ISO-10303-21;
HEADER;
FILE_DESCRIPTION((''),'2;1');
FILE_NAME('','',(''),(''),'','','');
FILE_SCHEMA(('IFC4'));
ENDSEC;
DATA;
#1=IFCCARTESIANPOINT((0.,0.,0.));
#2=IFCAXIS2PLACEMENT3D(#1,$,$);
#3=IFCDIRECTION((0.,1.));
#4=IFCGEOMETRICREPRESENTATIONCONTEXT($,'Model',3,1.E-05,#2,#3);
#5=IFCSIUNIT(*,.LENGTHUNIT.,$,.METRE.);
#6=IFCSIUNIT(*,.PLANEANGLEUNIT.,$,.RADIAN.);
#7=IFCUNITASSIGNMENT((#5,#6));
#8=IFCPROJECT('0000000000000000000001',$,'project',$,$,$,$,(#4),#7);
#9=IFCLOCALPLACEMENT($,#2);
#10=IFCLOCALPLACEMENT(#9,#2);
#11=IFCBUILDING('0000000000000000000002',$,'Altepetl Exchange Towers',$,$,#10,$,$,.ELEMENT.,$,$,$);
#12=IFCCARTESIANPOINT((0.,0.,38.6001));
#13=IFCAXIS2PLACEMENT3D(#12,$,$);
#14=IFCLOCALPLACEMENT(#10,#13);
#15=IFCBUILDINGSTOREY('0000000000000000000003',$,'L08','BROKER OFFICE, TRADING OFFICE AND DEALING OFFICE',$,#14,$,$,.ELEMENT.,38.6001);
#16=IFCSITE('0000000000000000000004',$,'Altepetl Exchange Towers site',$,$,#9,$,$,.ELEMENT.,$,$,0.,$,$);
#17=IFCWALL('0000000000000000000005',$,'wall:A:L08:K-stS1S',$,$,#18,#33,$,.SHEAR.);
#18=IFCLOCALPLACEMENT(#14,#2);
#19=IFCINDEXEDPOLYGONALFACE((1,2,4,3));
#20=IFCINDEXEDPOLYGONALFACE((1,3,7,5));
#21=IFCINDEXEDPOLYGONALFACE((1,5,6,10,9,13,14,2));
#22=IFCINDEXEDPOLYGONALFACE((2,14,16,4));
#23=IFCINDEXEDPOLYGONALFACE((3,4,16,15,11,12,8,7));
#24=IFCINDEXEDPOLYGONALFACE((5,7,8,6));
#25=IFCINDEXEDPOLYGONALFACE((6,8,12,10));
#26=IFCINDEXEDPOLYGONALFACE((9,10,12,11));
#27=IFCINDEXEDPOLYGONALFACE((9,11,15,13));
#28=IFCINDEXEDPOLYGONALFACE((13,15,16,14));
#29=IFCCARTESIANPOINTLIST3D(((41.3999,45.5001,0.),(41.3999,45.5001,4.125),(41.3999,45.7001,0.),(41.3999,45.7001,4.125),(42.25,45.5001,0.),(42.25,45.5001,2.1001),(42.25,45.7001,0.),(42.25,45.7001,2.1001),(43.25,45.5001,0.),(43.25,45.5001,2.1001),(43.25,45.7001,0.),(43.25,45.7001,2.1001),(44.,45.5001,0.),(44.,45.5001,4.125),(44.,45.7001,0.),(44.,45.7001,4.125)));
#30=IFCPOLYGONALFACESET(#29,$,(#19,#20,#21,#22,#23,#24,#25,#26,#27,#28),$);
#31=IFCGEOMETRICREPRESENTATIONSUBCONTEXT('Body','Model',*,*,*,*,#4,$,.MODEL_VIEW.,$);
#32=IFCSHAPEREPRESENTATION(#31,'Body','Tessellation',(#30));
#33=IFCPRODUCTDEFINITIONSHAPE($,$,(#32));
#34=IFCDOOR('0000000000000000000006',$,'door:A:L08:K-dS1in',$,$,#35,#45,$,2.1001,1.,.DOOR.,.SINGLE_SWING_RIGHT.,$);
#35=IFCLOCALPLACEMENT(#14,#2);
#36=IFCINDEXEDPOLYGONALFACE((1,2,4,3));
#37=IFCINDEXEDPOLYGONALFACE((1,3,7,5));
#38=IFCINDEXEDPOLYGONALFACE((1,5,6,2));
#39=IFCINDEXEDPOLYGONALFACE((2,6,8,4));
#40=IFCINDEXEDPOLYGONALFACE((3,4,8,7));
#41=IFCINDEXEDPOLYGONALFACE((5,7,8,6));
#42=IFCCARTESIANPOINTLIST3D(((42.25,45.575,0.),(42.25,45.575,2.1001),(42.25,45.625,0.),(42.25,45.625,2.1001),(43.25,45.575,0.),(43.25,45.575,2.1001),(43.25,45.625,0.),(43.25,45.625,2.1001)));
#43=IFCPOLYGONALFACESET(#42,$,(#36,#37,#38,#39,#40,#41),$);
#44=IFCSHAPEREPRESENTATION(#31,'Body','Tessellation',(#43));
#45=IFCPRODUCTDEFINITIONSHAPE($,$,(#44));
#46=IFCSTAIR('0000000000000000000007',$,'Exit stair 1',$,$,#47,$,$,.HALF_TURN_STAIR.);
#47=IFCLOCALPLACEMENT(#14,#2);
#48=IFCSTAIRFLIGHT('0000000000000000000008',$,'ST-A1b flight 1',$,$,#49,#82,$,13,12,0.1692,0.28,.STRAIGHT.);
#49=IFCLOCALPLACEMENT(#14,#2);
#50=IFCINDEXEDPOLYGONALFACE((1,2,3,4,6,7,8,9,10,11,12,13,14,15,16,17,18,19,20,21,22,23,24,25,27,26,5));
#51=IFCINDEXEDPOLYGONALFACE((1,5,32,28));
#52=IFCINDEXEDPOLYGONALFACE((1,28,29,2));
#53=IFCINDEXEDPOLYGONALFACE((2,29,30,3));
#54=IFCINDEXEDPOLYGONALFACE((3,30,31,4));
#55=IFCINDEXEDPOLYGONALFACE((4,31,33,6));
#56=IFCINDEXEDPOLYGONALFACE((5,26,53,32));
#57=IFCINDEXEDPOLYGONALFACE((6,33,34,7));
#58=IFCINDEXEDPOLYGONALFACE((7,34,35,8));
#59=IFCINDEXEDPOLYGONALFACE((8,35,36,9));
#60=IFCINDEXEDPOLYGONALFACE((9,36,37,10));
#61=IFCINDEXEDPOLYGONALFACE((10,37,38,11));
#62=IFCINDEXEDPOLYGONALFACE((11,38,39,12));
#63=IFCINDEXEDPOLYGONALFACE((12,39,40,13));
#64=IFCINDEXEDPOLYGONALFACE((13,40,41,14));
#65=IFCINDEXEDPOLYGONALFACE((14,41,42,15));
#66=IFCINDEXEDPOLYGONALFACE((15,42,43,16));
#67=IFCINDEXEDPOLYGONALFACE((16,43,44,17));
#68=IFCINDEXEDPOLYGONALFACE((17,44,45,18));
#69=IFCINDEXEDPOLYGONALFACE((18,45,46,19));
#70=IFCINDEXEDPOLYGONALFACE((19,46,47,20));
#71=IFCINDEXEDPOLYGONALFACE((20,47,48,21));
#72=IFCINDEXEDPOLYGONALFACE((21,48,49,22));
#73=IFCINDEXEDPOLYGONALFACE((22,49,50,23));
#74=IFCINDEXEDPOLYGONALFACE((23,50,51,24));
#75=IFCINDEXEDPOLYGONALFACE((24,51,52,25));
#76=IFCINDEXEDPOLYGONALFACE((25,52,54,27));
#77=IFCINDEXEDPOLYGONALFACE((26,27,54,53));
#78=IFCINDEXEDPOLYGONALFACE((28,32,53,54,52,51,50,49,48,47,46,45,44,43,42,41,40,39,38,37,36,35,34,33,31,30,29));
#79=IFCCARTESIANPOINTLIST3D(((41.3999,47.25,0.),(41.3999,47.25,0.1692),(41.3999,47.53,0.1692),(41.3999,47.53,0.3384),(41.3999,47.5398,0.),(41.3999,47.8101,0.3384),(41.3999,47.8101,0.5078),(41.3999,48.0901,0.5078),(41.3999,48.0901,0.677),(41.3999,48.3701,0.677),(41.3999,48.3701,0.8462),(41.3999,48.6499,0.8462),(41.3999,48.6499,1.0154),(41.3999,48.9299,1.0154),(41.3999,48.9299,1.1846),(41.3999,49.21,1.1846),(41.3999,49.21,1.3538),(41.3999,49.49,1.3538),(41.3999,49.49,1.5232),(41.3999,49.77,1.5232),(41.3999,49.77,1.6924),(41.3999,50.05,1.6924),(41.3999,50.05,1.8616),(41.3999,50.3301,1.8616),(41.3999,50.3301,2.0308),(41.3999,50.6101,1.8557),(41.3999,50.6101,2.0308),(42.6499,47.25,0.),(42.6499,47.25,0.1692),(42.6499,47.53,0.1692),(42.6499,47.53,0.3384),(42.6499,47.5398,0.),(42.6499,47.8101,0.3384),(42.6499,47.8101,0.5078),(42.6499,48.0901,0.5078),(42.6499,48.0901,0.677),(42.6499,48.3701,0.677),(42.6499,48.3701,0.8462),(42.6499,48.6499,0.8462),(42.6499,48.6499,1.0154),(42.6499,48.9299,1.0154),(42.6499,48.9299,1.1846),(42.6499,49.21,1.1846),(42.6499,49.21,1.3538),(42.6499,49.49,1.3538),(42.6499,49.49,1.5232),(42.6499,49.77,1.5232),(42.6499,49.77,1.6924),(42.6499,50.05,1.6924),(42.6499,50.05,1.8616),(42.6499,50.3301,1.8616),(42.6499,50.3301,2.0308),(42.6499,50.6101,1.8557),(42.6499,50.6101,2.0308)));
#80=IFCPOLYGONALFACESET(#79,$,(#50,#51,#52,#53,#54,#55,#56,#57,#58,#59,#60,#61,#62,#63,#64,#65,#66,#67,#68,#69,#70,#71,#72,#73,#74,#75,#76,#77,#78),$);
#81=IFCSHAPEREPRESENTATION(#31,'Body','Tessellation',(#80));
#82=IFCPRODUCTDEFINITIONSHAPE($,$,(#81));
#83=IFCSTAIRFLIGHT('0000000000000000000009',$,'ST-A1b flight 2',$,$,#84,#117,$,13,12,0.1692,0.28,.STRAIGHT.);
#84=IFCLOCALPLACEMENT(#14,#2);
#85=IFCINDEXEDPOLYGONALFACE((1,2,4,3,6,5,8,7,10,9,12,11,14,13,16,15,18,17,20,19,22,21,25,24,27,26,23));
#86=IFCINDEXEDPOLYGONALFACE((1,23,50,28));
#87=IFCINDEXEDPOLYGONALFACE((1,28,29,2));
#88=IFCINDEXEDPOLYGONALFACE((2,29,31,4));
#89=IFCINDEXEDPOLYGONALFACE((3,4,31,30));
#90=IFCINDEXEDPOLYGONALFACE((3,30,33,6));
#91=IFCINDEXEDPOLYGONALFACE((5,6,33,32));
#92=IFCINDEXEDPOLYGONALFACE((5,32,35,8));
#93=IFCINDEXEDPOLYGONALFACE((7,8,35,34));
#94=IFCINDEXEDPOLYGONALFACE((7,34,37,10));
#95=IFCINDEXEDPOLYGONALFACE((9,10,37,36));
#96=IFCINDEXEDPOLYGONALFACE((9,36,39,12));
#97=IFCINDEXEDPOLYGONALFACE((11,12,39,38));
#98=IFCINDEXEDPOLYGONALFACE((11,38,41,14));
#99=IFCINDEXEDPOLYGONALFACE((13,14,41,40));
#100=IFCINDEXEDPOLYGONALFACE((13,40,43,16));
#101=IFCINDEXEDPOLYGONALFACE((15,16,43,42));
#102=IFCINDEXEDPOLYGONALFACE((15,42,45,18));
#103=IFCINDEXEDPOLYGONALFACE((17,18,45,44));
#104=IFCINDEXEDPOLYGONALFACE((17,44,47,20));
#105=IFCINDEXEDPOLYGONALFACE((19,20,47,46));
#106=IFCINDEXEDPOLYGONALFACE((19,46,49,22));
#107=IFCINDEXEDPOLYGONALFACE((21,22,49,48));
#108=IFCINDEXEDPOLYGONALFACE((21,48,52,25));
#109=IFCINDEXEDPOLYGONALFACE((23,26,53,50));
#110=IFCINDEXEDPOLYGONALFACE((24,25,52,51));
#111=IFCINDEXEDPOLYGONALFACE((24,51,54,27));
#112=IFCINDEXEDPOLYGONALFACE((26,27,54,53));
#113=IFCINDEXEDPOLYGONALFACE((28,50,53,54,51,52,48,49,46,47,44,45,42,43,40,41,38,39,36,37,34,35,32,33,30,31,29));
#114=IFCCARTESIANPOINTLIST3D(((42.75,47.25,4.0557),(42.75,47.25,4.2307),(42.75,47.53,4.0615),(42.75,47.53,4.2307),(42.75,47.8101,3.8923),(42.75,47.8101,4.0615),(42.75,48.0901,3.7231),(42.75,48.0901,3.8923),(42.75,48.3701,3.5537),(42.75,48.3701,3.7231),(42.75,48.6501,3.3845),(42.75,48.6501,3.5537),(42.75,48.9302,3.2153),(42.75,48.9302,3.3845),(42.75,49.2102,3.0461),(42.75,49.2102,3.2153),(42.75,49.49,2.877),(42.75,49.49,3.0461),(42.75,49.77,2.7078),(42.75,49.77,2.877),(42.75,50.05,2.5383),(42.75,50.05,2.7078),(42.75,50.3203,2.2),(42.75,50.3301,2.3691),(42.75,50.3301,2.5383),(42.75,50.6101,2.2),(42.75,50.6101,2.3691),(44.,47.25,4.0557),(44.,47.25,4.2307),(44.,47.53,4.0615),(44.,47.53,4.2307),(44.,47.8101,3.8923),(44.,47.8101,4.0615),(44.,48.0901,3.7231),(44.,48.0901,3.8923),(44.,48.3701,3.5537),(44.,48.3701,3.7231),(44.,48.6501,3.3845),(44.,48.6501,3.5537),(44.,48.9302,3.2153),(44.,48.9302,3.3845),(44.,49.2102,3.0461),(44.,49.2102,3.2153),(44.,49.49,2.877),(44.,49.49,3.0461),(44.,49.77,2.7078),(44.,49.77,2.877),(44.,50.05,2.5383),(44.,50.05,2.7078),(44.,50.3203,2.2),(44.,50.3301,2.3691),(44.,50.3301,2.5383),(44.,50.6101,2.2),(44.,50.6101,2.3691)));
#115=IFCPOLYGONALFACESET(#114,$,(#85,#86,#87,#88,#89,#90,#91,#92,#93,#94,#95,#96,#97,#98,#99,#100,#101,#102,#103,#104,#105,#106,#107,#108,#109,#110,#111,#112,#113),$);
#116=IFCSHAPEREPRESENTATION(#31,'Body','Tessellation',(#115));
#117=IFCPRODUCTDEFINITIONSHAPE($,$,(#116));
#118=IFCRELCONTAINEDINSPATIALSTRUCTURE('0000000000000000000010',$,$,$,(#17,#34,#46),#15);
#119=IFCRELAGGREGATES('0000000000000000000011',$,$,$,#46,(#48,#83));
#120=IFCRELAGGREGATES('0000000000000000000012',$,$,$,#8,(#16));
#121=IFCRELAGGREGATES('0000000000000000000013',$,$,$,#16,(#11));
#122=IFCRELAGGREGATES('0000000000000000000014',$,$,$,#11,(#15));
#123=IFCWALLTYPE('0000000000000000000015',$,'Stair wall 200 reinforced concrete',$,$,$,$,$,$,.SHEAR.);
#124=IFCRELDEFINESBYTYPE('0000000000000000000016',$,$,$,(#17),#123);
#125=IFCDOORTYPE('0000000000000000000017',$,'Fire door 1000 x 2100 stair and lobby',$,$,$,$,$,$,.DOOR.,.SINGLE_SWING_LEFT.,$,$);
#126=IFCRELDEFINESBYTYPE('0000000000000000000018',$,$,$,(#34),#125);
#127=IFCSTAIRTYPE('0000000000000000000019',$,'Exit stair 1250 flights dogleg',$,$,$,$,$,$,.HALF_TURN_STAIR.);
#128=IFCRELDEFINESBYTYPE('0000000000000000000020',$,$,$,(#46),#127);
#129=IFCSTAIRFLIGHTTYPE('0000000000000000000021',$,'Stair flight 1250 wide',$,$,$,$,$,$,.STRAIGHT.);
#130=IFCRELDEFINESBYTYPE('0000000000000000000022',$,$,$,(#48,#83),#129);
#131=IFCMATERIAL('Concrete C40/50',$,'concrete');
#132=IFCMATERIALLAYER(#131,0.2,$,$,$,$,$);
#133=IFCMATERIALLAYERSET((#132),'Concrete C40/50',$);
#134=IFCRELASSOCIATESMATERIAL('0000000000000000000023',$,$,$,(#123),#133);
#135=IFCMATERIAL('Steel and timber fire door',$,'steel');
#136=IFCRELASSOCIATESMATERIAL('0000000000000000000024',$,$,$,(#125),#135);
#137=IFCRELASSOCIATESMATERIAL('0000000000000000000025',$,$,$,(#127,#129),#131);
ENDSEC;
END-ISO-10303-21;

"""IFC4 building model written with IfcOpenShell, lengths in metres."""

from ifc_helpers import new_model, si_unit, direction, frame, frame_2d, origin, place, context, subcontext, project, spatial, polyline, rectangle, outline, extrude, material, layer, layer_set, type_object, element, fill, aggregate, save


model = new_model("IFC4")

# Units and contexts
model_context = context("Model", 3, precision=1e-05, world=origin(), true_north=direction((0.0, 1.0)))
body_context = subcontext(model_context, "Body", "Model", "MODEL_VIEW")
ifc_project = project(units=[si_unit("LENGTHUNIT", "METRE"), si_unit("PLANEANGLEUNIT", "RADIAN")], contexts=[model_context])

# Site, building, storey
site_placement = place(None, origin())
site = spatial("IfcSite", under=ifc_project, at=site_placement, Name="Altepetl Exchange Towers site", CompositionType="ELEMENT", RefElevation=0.0)
building_placement = place(site_placement, origin())
building = spatial("IfcBuilding", under=site, at=building_placement, Name="Altepetl Exchange Towers", CompositionType="ELEMENT")
storey_placement = place(building_placement, frame((0.0, 0.0, 38.6001)))
storey = spatial("IfcBuildingStorey", under=building, at=storey_placement, Name="L08", Description="BROKER OFFICE, TRADING OFFICE AND DEALING OFFICE", CompositionType="ELEMENT", Elevation=38.6001)

# Shared definitions
ifc_material_1 = material(Name="Concrete C40/50", Category="concrete")
ifc_layer_1 = layer(ifc_material_1, 0.2)
ifc_layer_set_1 = layer_set([ifc_layer_1], Name="Concrete C40/50")
wall_type_1 = type_object("IfcWallType", Name="Stair wall 200 reinforced concrete", PredefinedType="SHEAR", material=ifc_layer_set_1)

# Wall, opening, door
wall_1_placement = place(storey_placement, frame((41.3999, 45.6001, 0.0)))
wall_1 = element("IfcWall", 1, at=wall_1_placement, inside=storey, type_object=wall_type_1, Name="wall:A:L08:K-stS1S", PredefinedType="SHEAR", context=body_context, shape_type="SweptSolid", body=[
    extrude(rectangle(XDim=2.6001, YDim=0.2, at=frame_2d((1.3, 0.0))), origin(), (0.0, 0.0, 1.0), 4.125),
])
opening_placement = place(wall_1_placement, frame((0.8501, 0.0, 0.0)))
opening = element("IfcOpeningElement", 2, at=opening_placement, cuts=wall_1, PredefinedType="OPENING", context=body_context, shape_type="SweptSolid", body=[
    extrude(rectangle(XDim=1.0, YDim=2.1001, at=frame_2d((0.5, 1.05))), frame((0.0, 0.1099, 0.0), z_axis=(0.0, -1.0, 0.0), x_axis=(1.0, 0.0, 0.0)), (0.0, 0.0, 1.0), 0.22),
])
ifc_material_2 = material(Name="Steel and timber fire door", Category="steel")
door_type = type_object("IfcDoorType", Name="Fire door 1000 x 2100 stair and lobby", OperationType="SINGLE_SWING_LEFT", PredefinedType="DOOR", material=ifc_material_2)
door_placement = place(opening_placement, origin())
door = element("IfcDoor", 3, at=door_placement, inside=storey, type_object=door_type, Name="door:A:L08:K-dS1in", OperationType="SINGLE_SWING_RIGHT", OverallHeight=2.1001, OverallWidth=1.0, PredefinedType="DOOR", context=body_context, shape_type="SweptSolid", body=[
    extrude(rectangle(XDim=1.0, YDim=2.1001, at=frame_2d((0.5, 1.05))), frame((0.0, 0.0249, 0.0), z_axis=(0.0, -1.0, 0.0), x_axis=(1.0, 0.0, 0.0)), (0.0, 0.0, 1.0), 0.05),
])
fill(opening, door)

# Stair, stair flights
stair_type = type_object("IfcStairType", Name="Exit stair 1250 flights dogleg", PredefinedType="HALF_TURN_STAIR", material=ifc_material_1)
stair_placement = place(storey_placement, origin())
stair = element("IfcStair", 4, at=stair_placement, inside=storey, type_object=stair_type, Name="Exit stair 1", PredefinedType="HALF_TURN_STAIR")
stair_flight_type = type_object("IfcStairFlightType", Name="Stair flight 1250 wide", PredefinedType="STRAIGHT", material=ifc_material_1)
stair_flight_1_placement = place(storey_placement, frame((42.0249, 47.25, 0.0), z_axis=(0.0, 0.0, 1.0), x_axis=(0.0, 1.0, 0.0)))
stair_flight_1 = element("IfcStairFlight", 5, at=stair_flight_1_placement, type_object=stair_flight_type, Name="ST-A1b flight 1", NumberOfRisers=13, NumberOfTreads=12, PredefinedType="STRAIGHT", RiserHeight=0.1692, TreadLength=0.28, context=body_context, shape_type="SweptSolid", body=[
    extrude(outline(polyline([(0.0, 0.0), (0.0, 0.1692), (0.28, 0.1692), (0.28, 0.3384), (0.5601, 0.3384), (0.5601, 0.5078), (0.8401, 0.5078), (0.8401, 0.677), (1.1201, 0.677), (1.1201, 0.8462), (1.3999, 0.8462), (1.3999, 1.0154), (1.6799, 1.0154), (1.6799, 1.1846), (1.96, 1.1846), (1.96, 1.3538), (2.24, 1.3538), (2.24, 1.5232), (2.52, 1.5232), (2.52, 1.6924), (2.8, 1.6924), (2.8, 1.8616), (3.0801, 1.8616), (3.0801, 2.0308), (3.3601, 2.0308), (3.3601, 2.2), (3.3601, 1.8557), (0.2898, 0.0), (0.0, 0.0)])), frame((0.0, 0.625, 0.0), z_axis=(0.0, -1.0, 0.0), x_axis=(1.0, 0.0, 0.0)), (0.0, 0.0, 1.0), 1.25),
])
stair_flight_2_placement = place(storey_placement, frame((43.375, 50.6101, 2.2), z_axis=(0.0, 0.0, 1.0), x_axis=(0.0, -1.0, 0.0)))
stair_flight_2 = element("IfcStairFlight", 6, at=stair_flight_2_placement, type_object=stair_flight_type, Name="ST-A1b flight 2", NumberOfRisers=13, NumberOfTreads=12, PredefinedType="STRAIGHT", RiserHeight=0.1692, TreadLength=0.28, context=body_context, shape_type="SweptSolid", body=[
    extrude(outline(polyline([(0.0, 0.0), (0.0, 0.1692), (0.28, 0.1692), (0.28, 0.3384), (0.5601, 0.3384), (0.5601, 0.5078), (0.8401, 0.5078), (0.8401, 0.677), (1.1201, 0.677), (1.1201, 0.8462), (1.3999, 0.8462), (1.3999, 1.0154), (1.6799, 1.0154), (1.6799, 1.1846), (1.96, 1.1846), (1.96, 1.3538), (2.24, 1.3538), (2.24, 1.5232), (2.52, 1.5232), (2.52, 1.6924), (2.8, 1.6924), (2.8, 1.8616), (3.0801, 1.8616), (3.0801, 2.0308), (3.3601, 2.0308), (3.3601, 2.2), (3.3601, 1.8557), (0.2898, 0.0), (0.0, 0.0)])), frame((0.0, 0.625, 0.0), z_axis=(0.0, -1.0, 0.0), x_axis=(1.0, 0.0, 0.0)), (0.0, 0.0, 1.0), 1.25),
])
aggregate(stair, [stair_flight_1, stair_flight_2])

save(model, "model.ifc")
